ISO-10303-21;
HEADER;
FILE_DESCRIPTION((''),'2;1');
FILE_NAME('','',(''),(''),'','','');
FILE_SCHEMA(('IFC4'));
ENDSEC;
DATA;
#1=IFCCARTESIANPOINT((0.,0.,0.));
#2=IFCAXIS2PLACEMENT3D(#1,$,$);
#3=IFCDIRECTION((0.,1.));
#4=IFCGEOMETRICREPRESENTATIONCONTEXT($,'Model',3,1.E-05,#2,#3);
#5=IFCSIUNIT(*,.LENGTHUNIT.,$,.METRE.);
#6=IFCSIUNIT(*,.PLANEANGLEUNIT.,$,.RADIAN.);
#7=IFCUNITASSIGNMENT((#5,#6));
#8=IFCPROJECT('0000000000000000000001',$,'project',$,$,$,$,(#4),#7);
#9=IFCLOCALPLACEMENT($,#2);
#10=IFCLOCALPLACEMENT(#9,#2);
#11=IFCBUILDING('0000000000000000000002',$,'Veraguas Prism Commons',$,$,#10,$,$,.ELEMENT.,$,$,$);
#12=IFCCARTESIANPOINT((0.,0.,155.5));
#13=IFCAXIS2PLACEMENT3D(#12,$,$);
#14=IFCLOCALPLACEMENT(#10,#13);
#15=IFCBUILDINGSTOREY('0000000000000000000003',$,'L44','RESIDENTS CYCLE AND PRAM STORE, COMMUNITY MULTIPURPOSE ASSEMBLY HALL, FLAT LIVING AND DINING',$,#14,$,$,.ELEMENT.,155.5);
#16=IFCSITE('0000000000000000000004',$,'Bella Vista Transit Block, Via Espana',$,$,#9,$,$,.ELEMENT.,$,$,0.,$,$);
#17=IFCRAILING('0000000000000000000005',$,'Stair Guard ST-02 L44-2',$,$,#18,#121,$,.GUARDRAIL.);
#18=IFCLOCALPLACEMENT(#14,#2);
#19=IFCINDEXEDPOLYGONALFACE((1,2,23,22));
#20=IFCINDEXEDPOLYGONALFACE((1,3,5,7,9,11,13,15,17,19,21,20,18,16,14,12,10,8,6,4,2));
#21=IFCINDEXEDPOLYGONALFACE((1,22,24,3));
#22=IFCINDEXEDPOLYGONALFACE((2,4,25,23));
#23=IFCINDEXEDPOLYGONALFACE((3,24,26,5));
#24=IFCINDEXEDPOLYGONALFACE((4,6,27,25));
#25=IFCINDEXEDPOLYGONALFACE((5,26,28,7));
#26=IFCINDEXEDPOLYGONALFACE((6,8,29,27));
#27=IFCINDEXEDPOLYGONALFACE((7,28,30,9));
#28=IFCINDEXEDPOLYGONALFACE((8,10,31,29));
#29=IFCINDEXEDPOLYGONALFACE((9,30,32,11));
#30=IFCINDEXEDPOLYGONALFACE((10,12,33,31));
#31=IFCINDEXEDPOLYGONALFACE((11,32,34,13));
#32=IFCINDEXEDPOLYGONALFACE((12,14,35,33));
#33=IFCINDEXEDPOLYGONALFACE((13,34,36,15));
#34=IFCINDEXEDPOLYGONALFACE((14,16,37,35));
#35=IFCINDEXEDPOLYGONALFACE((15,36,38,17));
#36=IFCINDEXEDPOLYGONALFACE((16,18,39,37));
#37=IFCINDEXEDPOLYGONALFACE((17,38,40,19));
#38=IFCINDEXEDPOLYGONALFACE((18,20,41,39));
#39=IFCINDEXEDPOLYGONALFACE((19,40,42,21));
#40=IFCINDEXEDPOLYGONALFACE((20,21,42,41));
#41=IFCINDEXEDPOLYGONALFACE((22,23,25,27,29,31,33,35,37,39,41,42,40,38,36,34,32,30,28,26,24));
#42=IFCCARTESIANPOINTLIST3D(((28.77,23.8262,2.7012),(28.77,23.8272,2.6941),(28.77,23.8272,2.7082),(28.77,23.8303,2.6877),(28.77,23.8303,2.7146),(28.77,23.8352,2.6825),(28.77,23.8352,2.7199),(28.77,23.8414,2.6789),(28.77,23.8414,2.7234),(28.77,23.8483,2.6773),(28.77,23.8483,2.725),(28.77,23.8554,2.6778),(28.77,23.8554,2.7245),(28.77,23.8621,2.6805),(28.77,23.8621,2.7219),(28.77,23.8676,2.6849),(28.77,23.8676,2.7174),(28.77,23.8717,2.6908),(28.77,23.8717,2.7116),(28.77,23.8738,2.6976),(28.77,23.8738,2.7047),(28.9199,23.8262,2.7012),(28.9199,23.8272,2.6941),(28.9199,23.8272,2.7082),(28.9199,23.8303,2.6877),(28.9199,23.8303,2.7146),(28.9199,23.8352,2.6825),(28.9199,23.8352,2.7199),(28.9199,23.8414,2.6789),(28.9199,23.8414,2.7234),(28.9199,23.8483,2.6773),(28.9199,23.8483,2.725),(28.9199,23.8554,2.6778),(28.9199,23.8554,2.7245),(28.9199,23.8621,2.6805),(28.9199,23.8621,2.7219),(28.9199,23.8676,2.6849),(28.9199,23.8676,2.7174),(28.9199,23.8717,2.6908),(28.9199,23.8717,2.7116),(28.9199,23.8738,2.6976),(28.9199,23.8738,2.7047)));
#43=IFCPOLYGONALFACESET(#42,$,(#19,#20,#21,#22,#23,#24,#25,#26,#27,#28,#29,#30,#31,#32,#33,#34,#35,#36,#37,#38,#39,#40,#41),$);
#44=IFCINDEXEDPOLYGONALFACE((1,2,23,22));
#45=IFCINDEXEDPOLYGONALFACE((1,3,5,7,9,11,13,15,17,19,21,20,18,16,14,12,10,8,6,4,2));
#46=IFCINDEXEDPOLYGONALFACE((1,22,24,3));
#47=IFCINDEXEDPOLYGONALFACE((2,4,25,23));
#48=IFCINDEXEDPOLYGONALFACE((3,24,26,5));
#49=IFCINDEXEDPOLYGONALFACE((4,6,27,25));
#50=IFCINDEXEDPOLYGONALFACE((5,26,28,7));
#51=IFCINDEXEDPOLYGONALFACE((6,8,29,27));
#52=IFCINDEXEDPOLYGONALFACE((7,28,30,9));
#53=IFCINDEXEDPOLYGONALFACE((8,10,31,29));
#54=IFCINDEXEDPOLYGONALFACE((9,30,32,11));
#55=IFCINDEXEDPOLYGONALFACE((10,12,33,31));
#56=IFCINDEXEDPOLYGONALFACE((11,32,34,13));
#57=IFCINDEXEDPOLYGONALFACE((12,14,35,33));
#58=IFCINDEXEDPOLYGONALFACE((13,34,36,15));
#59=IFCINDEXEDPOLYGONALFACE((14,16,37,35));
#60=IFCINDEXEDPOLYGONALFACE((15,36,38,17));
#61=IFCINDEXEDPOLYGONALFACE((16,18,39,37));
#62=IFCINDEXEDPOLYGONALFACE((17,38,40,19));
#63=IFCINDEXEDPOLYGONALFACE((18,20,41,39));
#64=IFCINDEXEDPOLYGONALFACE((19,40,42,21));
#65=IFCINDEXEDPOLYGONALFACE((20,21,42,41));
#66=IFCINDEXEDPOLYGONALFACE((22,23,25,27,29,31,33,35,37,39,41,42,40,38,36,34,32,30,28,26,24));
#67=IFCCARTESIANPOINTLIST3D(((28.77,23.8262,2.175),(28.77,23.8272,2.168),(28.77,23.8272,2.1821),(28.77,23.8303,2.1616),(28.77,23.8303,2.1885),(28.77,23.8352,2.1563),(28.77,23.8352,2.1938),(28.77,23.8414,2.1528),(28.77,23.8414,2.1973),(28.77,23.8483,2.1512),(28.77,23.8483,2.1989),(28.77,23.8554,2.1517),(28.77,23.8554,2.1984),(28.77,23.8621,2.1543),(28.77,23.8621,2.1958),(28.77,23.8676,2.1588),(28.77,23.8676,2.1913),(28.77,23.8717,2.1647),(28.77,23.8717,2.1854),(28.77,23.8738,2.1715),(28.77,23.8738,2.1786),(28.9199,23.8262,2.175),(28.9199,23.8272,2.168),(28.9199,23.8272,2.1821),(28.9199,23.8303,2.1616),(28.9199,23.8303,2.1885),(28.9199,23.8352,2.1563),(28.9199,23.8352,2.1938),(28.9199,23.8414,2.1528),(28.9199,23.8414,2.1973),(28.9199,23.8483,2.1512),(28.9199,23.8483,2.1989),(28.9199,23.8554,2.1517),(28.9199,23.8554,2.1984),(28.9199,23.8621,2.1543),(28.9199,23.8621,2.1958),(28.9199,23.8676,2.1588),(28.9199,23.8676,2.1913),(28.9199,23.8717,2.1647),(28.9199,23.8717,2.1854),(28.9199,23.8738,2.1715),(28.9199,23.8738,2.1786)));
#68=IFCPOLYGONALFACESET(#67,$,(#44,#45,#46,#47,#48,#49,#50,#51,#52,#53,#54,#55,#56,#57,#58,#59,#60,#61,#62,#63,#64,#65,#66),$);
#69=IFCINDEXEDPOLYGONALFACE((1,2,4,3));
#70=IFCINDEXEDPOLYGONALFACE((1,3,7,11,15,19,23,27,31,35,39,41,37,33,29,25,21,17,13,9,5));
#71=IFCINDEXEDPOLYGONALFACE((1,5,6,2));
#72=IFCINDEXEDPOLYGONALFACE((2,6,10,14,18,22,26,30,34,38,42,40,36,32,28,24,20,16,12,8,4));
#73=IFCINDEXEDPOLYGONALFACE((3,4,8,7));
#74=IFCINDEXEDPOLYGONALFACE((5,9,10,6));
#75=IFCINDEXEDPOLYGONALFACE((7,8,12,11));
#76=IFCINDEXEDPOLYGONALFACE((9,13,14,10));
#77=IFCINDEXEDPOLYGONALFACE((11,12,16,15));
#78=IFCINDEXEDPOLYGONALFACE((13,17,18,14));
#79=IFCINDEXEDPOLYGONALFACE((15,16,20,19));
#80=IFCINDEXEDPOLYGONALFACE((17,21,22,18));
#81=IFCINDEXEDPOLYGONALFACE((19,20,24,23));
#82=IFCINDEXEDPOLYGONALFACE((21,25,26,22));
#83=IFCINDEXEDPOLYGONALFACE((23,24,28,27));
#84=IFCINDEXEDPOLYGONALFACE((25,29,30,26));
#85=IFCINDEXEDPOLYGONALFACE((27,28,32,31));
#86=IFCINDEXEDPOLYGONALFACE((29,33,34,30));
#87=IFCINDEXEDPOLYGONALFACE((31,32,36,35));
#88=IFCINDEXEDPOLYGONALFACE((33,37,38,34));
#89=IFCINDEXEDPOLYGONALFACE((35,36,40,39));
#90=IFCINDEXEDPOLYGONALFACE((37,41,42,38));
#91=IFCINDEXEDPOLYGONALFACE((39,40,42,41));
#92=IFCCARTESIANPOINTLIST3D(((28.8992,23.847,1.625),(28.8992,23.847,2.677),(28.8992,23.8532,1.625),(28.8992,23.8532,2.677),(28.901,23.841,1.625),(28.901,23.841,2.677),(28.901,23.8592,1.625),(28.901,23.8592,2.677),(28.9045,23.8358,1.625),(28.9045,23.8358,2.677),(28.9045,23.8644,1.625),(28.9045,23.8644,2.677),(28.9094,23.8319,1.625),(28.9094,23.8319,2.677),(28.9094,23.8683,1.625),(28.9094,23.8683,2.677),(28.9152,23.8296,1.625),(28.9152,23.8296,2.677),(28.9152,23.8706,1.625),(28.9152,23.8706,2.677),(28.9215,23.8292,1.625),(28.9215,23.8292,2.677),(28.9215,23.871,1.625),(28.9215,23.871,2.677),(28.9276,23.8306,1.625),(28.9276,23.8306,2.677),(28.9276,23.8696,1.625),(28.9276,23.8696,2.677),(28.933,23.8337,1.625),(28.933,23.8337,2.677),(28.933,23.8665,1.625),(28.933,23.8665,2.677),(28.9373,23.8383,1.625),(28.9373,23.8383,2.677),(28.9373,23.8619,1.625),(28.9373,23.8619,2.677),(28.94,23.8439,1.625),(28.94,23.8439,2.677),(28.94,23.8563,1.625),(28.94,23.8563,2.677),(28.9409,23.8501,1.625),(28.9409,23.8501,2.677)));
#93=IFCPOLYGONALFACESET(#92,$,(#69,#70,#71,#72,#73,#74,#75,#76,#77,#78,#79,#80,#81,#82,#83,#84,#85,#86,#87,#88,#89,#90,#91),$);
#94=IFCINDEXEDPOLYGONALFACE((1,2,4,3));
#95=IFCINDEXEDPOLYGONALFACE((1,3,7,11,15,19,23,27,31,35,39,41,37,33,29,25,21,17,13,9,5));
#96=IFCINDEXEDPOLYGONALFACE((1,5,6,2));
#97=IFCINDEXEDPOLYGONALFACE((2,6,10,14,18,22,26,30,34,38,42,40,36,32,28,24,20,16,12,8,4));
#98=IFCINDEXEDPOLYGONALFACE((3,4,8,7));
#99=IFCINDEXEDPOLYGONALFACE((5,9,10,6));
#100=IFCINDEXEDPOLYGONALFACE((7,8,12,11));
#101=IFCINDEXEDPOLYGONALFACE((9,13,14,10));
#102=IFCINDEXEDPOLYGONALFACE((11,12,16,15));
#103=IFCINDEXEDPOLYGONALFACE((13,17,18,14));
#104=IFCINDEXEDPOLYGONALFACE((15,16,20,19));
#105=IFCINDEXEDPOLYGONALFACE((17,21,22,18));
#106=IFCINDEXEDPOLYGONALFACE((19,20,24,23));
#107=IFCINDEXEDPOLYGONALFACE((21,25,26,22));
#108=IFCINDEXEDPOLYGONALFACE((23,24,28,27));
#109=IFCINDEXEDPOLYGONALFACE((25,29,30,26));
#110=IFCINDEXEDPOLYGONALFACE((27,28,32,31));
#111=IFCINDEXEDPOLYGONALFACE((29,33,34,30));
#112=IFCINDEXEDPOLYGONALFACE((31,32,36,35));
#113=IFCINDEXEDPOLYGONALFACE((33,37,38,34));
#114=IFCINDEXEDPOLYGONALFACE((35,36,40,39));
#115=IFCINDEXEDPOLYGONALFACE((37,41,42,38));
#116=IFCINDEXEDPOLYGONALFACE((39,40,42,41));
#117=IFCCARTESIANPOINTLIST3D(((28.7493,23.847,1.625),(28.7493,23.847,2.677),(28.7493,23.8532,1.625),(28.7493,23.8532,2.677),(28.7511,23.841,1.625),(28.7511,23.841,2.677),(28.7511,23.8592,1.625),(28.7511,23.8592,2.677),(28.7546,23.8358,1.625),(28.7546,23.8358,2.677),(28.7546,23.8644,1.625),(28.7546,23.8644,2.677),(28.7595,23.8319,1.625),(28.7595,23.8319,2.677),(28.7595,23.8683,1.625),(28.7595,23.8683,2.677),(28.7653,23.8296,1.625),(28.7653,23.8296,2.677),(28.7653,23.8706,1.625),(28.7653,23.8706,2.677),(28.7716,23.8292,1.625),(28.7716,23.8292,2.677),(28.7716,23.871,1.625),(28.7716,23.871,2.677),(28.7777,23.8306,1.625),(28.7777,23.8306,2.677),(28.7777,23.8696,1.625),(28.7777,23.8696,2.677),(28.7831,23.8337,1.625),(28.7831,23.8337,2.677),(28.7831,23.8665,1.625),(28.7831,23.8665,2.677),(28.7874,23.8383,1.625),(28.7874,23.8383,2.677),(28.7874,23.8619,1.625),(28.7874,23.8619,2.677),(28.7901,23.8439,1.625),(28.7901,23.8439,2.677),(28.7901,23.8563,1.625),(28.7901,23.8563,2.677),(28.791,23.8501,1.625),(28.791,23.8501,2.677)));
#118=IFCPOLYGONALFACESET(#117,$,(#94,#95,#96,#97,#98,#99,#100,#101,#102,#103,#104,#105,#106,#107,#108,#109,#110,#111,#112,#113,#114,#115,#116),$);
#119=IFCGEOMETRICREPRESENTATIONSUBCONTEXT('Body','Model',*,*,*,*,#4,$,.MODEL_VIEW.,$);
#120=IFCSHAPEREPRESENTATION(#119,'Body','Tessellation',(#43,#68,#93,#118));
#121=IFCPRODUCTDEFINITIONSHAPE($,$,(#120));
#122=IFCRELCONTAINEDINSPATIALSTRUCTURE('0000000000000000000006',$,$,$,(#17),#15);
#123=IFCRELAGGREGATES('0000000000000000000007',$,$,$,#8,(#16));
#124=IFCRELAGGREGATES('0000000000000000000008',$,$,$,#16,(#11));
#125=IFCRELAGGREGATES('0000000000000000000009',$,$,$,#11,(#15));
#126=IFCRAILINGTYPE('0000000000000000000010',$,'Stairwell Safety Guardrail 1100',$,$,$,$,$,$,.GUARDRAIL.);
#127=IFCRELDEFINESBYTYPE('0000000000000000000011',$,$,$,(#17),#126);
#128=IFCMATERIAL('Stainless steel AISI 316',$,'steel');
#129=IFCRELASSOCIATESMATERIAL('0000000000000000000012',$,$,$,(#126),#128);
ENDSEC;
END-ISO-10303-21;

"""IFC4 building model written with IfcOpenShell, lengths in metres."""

from ifc_helpers import new_model, si_unit, direction, frame, origin, origin_2d, place, context, subcontext, project, spatial, circle, extrude, material, type_object, element, save


model = new_model("IFC4")

# Units and contexts
model_context = context("Model", 3, precision=1e-05, world=origin(), true_north=direction((0.0, 1.0)))
body_context = subcontext(model_context, "Body", "Model", "MODEL_VIEW")
ifc_project = project(units=[si_unit("LENGTHUNIT", "METRE"), si_unit("PLANEANGLEUNIT", "RADIAN")], contexts=[model_context])

# Site, building, storey
site_placement = place(None, origin())
site = spatial("IfcSite", under=ifc_project, at=site_placement, Name="Bella Vista Transit Block, Via Espana", CompositionType="ELEMENT", RefElevation=0.0)
building_placement = place(site_placement, origin())
building = spatial("IfcBuilding", under=site, at=building_placement, Name="Veraguas Prism Commons", CompositionType="ELEMENT")
storey_placement = place(building_placement, frame((0.0, 0.0, 155.5)))
storey = spatial("IfcBuildingStorey", under=building, at=storey_placement, Name="L44", Description="RESIDENTS CYCLE AND PRAM STORE, COMMUNITY MULTIPURPOSE ASSEMBLY HALL, FLAT LIVING AND DINING", CompositionType="ELEMENT", Elevation=155.5)

# Shared definitions
ifc_material_1 = material(Name="Stainless steel AISI 316", Category="steel")

# Railing
railing_type_1 = type_object("IfcRailingType", Name="Stairwell Safety Guardrail 1100", PredefinedType="GUARDRAIL", material=ifc_material_1)
railing_1_placement = place(storey_placement, frame((28.9199, 23.8501, 1.625)))
element("IfcRailing", 1, at=railing_1_placement, inside=storey, type_object=railing_type_1, Name="Stair Guard ST-02 L44-2", PredefinedType="GUARDRAIL", context=body_context, shape_type="SweptSolid", body=[
    extrude(circle(Radius=0.0239, at=origin_2d()), frame((0.0, 0.0, 1.0762), z_axis=(-1.0, 0.0, 0.0), x_axis=(0.0, -1.0, 0.0)), (0.0, 0.0, 1.0), 0.1499),
    extrude(circle(Radius=0.0239, at=origin_2d()), frame((0.0, 0.0, 0.55), z_axis=(-1.0, 0.0, 0.0), x_axis=(0.0, -1.0, 0.0)), (0.0, 0.0, 1.0), 0.1499),
    extrude(circle(Radius=0.021, at=origin_2d()), origin(), (0.0, 0.0, 1.0), 1.052),
    extrude(circle(Radius=0.021, at=origin_2d()), frame((-0.1499, 0.0, 0.0)), (0.0, 0.0, 1.0), 1.052),
])

save(model, "model.ifc")
